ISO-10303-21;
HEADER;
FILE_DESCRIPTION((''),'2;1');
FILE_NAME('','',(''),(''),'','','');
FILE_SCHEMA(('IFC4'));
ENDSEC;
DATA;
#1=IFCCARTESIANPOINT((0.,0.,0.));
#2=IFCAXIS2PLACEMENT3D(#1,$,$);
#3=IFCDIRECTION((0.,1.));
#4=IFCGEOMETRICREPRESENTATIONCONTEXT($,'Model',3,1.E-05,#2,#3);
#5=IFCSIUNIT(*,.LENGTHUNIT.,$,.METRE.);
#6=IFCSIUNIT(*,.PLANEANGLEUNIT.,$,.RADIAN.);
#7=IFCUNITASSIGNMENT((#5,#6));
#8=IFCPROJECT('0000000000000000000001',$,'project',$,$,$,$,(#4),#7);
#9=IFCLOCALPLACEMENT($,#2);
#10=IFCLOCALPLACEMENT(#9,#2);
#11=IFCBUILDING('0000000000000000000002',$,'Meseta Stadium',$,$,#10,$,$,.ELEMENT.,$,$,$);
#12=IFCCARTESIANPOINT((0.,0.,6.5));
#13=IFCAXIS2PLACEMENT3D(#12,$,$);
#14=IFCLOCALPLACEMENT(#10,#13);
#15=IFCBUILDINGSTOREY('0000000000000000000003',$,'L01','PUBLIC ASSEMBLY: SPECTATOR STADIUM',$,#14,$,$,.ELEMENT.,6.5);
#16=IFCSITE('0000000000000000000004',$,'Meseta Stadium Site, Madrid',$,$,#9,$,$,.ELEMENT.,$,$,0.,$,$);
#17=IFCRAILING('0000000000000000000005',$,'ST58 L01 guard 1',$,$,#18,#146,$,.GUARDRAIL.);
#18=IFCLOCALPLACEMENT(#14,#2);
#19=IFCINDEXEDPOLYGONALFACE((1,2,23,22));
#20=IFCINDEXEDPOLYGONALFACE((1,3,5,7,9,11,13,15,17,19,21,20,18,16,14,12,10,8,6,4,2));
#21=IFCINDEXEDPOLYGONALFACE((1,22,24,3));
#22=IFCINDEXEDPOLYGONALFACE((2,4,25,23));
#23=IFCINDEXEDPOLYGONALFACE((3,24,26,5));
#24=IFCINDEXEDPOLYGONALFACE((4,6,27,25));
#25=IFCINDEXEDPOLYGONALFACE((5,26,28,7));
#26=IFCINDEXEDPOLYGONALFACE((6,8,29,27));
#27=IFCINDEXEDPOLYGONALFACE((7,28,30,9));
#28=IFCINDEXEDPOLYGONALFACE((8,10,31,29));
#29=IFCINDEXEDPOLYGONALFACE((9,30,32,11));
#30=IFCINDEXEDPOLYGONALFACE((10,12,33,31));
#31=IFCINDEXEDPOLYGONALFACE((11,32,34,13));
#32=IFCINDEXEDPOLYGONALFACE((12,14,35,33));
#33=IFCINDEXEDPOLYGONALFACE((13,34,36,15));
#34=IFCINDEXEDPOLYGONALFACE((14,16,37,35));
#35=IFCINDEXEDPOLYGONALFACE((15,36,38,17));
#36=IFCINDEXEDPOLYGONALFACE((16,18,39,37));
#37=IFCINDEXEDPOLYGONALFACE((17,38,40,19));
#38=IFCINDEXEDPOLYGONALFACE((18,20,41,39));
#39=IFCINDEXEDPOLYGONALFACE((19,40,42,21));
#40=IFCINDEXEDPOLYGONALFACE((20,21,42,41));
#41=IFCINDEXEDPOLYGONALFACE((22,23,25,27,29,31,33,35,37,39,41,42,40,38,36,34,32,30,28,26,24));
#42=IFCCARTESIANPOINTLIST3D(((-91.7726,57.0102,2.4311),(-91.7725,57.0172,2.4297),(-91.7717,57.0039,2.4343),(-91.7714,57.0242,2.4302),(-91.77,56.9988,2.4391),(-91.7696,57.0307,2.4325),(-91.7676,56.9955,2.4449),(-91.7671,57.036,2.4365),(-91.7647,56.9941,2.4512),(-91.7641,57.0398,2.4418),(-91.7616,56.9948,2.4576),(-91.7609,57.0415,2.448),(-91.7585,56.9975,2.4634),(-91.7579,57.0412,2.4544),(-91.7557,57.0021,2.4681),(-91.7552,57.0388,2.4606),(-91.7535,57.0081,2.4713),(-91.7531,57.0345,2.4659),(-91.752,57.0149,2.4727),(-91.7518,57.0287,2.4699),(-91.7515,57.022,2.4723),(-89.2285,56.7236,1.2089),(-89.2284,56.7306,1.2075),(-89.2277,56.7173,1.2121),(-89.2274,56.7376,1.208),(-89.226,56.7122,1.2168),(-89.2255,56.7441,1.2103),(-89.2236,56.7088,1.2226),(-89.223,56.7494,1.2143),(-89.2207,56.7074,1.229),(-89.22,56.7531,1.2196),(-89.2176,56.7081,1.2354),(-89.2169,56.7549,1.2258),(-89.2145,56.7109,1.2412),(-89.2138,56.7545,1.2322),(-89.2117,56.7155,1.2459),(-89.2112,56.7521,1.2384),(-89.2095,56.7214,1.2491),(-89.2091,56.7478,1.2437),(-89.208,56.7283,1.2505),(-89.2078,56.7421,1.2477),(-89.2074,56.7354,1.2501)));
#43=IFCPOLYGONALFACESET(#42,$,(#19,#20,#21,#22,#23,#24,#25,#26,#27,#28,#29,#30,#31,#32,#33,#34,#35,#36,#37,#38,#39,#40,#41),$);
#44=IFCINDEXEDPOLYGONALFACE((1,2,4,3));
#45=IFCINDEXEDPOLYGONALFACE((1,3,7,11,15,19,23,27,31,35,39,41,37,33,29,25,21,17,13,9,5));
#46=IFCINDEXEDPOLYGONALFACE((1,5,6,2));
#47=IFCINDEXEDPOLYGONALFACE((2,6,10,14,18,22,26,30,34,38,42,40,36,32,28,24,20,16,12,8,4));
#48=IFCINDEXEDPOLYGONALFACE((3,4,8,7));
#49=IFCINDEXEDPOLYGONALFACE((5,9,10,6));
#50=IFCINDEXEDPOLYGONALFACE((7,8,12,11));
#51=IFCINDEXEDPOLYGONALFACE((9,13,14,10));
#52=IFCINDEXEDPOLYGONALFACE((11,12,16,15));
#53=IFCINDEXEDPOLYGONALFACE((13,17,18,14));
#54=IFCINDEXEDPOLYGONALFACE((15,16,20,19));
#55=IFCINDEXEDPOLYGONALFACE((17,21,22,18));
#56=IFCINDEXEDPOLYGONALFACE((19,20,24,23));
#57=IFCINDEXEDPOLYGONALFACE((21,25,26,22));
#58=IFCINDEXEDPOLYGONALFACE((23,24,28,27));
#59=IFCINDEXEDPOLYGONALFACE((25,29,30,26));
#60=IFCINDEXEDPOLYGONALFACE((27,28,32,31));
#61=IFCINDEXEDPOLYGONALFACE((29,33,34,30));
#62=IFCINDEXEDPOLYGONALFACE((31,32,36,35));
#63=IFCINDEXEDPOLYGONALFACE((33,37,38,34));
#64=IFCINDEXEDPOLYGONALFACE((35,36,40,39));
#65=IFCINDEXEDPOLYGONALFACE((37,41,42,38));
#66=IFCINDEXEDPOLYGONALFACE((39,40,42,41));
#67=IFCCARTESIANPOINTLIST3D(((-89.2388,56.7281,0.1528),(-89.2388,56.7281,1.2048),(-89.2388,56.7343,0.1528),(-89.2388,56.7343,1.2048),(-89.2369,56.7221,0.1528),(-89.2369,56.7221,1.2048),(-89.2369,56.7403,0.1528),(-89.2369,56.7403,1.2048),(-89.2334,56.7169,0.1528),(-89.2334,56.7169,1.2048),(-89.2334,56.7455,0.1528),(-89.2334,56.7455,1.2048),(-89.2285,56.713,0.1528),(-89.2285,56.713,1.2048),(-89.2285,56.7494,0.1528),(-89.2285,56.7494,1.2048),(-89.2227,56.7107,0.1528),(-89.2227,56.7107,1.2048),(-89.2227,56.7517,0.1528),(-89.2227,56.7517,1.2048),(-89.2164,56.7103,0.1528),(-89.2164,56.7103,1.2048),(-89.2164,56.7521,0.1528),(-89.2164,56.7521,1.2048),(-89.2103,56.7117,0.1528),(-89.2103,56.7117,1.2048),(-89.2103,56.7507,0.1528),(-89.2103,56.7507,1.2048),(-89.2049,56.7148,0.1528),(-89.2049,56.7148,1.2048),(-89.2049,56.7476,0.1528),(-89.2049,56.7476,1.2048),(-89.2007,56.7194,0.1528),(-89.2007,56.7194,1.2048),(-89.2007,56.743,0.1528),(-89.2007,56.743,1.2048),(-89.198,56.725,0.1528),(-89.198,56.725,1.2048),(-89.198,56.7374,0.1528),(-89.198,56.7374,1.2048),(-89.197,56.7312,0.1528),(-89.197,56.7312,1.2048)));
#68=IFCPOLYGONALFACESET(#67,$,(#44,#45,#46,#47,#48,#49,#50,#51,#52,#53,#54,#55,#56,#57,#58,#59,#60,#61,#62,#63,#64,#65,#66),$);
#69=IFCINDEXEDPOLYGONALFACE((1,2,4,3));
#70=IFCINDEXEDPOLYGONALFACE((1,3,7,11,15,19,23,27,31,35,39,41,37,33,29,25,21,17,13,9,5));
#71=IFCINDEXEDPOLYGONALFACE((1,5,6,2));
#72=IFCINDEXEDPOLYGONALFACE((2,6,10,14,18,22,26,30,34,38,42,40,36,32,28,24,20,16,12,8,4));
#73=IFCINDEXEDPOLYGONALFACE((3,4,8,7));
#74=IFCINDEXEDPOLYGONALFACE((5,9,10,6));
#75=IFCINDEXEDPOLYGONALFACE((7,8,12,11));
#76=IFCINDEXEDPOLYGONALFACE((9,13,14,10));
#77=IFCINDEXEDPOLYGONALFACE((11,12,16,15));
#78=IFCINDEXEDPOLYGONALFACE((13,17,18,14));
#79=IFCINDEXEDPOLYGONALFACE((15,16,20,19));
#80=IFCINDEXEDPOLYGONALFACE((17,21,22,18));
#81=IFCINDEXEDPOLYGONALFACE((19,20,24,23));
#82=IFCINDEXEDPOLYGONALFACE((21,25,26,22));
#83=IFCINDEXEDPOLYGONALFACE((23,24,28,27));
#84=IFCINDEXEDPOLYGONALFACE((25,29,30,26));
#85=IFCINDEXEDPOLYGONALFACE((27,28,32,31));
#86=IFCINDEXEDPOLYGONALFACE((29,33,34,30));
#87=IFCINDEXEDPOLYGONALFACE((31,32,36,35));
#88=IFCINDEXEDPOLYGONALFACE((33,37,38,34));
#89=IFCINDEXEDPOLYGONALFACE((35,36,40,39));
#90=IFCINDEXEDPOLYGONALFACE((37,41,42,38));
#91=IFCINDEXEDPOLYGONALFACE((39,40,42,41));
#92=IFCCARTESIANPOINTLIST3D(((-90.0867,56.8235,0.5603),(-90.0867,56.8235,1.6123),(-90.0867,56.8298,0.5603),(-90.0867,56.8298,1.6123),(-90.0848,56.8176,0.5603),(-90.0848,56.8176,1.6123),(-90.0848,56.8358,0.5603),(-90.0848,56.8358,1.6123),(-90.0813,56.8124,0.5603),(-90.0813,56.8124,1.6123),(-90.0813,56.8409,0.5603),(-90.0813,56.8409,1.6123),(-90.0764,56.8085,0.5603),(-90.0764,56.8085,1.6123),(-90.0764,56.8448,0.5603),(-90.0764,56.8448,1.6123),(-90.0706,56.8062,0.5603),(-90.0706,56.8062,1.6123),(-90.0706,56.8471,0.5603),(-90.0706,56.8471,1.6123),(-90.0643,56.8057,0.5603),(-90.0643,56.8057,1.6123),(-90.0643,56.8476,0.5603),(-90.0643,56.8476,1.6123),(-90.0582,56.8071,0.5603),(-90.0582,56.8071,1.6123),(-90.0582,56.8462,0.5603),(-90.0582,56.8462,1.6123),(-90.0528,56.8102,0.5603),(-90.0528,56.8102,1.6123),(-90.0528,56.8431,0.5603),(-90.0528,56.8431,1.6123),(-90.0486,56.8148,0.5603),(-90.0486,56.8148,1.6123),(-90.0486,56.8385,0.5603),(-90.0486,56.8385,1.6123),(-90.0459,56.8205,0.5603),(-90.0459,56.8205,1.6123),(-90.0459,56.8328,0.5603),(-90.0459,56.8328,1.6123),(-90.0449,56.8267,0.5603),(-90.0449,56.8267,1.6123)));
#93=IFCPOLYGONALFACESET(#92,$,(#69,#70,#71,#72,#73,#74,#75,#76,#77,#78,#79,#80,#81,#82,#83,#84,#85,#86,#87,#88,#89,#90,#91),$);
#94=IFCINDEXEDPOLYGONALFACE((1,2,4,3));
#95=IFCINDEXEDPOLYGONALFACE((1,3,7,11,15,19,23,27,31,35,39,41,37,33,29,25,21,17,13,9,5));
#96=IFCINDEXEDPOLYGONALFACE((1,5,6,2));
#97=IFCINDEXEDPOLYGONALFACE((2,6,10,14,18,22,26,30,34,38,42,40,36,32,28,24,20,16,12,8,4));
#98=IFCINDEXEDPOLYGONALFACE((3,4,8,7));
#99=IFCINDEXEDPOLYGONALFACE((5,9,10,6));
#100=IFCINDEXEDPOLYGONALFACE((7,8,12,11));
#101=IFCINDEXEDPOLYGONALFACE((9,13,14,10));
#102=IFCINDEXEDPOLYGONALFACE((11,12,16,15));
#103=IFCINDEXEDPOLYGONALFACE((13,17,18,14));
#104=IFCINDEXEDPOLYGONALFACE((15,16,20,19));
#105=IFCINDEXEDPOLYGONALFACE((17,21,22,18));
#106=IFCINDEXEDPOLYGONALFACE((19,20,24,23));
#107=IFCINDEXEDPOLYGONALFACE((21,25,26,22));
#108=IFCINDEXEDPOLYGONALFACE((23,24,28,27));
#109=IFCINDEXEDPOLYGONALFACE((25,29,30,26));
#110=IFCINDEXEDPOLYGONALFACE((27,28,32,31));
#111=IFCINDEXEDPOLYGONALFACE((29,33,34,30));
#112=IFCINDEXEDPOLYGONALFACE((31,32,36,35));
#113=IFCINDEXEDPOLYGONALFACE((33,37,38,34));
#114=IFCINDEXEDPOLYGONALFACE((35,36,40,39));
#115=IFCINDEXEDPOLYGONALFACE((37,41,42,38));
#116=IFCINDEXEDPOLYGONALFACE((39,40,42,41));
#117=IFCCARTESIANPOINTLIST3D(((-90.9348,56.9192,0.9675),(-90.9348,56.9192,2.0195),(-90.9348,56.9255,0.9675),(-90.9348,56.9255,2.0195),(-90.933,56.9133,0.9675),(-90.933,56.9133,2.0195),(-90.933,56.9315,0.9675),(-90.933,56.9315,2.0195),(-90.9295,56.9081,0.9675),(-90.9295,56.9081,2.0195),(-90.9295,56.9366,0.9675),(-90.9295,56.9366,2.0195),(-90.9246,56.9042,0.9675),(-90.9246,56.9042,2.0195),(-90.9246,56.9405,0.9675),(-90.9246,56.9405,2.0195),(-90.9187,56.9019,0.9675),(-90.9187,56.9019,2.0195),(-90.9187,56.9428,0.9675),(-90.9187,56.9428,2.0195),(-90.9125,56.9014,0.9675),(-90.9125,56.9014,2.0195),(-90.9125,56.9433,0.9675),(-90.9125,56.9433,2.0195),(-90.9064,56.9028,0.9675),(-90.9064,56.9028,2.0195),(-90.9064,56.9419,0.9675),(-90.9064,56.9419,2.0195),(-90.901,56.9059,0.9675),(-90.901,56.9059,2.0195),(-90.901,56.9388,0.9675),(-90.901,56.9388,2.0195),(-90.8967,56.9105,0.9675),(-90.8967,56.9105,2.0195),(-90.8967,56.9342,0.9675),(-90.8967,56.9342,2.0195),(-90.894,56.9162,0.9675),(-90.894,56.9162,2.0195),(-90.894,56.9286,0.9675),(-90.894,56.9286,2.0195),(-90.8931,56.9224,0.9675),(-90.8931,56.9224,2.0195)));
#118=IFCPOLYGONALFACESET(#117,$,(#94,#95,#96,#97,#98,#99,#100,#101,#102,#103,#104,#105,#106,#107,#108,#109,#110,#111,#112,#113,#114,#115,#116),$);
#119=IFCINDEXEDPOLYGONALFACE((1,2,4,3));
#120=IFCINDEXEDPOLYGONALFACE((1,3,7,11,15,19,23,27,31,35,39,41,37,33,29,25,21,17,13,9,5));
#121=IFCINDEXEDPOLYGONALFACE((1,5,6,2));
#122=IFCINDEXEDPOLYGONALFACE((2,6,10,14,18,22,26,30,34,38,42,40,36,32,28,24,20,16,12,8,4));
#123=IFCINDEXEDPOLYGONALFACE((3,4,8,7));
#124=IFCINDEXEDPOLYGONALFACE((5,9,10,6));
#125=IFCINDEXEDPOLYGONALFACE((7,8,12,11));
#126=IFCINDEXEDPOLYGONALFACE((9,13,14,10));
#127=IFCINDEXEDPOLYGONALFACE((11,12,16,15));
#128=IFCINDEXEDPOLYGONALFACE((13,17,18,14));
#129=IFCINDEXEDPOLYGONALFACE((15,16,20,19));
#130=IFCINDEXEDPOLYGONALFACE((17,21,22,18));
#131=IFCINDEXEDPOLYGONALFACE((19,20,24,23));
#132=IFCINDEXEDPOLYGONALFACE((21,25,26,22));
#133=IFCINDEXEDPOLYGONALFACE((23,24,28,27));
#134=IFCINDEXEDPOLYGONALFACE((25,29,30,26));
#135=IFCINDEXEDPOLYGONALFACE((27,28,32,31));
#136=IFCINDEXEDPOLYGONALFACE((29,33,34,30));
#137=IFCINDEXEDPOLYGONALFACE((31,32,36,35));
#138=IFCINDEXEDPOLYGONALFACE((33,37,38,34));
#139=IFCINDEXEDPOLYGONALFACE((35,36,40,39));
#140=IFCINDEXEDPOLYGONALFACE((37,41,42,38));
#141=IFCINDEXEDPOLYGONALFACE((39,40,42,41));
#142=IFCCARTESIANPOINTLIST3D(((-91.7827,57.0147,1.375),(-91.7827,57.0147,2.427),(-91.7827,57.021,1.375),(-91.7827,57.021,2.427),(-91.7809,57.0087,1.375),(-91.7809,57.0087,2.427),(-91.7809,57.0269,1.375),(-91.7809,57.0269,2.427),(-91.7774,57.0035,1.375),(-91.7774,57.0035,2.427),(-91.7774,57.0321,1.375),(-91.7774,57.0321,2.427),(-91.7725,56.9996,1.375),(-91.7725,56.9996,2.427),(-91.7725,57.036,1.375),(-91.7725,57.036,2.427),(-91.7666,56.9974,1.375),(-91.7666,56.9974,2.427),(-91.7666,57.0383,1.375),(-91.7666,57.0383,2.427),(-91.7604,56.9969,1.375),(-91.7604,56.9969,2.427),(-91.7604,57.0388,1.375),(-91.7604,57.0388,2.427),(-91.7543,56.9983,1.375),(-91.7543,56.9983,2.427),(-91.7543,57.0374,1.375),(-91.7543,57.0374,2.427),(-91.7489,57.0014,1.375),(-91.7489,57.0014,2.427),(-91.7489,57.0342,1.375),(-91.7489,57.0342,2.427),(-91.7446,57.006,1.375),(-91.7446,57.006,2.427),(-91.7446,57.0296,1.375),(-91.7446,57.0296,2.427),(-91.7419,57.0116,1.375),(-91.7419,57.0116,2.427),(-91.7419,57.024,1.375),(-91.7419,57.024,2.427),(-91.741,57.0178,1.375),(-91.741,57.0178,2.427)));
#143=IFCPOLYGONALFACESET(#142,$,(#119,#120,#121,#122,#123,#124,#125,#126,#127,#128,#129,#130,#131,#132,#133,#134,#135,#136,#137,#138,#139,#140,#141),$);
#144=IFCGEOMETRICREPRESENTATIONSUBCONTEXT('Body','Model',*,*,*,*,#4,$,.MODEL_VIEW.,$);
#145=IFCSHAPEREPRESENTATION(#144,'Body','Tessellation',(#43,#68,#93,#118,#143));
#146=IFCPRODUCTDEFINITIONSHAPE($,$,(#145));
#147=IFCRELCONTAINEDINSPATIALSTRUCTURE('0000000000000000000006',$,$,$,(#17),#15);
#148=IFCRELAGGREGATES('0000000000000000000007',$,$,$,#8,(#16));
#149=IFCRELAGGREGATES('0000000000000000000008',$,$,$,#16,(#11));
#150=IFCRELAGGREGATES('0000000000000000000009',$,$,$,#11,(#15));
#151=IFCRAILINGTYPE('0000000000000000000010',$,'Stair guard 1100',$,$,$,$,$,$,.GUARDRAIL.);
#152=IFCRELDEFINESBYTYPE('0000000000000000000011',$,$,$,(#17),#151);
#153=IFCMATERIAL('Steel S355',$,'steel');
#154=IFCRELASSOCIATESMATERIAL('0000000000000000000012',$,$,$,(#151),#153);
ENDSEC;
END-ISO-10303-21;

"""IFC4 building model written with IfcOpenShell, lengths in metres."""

from ifc_helpers import new_model, si_unit, direction, frame, origin, origin_2d, place, context, subcontext, project, spatial, circle, extrude, material, type_object, element, save


model = new_model("IFC4")

# Units and contexts
model_context = context("Model", 3, precision=1e-05, world=origin(), true_north=direction((0.0, 1.0)))
body_context = subcontext(model_context, "Body", "Model", "MODEL_VIEW")
ifc_project = project(units=[si_unit("LENGTHUNIT", "METRE"), si_unit("PLANEANGLEUNIT", "RADIAN")], contexts=[model_context])

# Site, building, storey
site_placement = place(None, origin())
site = spatial("IfcSite", under=ifc_project, at=site_placement, Name="Meseta Stadium Site, Madrid", CompositionType="ELEMENT", RefElevation=0.0)
building_placement = place(site_placement, origin())
building = spatial("IfcBuilding", under=site, at=building_placement, Name="Meseta Stadium", CompositionType="ELEMENT")
storey_placement = place(building_placement, frame((0.0, 0.0, 6.5)))
storey = spatial("IfcBuildingStorey", under=building, at=storey_placement, Name="L01", Description="PUBLIC ASSEMBLY: SPECTATOR STADIUM", CompositionType="ELEMENT", Elevation=6.5)

# Railing
ifc_material_1 = material(Name="Steel S355", Category="steel")
railing_type_1 = type_object("IfcRailingType", Name="Stair guard 1100", PredefinedType="GUARDRAIL", material=ifc_material_1)
railing_1_placement = place(storey_placement, frame((-89.218, 56.7312, 0.1528)))
element("IfcRailing", 1, at=railing_1_placement, inside=storey, type_object=railing_type_1, Name="ST58 L01 guard 1", PredefinedType="GUARDRAIL", context=body_context, shape_type="SweptSolid", body=[
    extrude(circle(Radius=0.0239, at=origin_2d()), frame((0.0, 0.0, 1.0762), z_axis=(-0.896762, 0.101036, 0.430824), x_axis=(-0.11196, -0.993713, 0.0)), (0.0, 0.0, 1.0), 2.8369),
    extrude(circle(Radius=0.021, at=origin_2d()), origin(), (0.0, 0.0, 1.0), 1.052),
    extrude(circle(Radius=0.021, at=origin_2d()), frame((-0.8479, 0.0955, 0.4075)), (0.0, 0.0, 1.0), 1.052),
    extrude(circle(Radius=0.021, at=origin_2d()), frame((-1.696, 0.1912, 0.8147)), (0.0, 0.0, 1.0), 1.052),
    extrude(circle(Radius=0.021, at=origin_2d()), frame((-2.5439, 0.2866, 1.2222)), (0.0, 0.0, 1.0), 1.052),
])

save(model, "model.ifc")
